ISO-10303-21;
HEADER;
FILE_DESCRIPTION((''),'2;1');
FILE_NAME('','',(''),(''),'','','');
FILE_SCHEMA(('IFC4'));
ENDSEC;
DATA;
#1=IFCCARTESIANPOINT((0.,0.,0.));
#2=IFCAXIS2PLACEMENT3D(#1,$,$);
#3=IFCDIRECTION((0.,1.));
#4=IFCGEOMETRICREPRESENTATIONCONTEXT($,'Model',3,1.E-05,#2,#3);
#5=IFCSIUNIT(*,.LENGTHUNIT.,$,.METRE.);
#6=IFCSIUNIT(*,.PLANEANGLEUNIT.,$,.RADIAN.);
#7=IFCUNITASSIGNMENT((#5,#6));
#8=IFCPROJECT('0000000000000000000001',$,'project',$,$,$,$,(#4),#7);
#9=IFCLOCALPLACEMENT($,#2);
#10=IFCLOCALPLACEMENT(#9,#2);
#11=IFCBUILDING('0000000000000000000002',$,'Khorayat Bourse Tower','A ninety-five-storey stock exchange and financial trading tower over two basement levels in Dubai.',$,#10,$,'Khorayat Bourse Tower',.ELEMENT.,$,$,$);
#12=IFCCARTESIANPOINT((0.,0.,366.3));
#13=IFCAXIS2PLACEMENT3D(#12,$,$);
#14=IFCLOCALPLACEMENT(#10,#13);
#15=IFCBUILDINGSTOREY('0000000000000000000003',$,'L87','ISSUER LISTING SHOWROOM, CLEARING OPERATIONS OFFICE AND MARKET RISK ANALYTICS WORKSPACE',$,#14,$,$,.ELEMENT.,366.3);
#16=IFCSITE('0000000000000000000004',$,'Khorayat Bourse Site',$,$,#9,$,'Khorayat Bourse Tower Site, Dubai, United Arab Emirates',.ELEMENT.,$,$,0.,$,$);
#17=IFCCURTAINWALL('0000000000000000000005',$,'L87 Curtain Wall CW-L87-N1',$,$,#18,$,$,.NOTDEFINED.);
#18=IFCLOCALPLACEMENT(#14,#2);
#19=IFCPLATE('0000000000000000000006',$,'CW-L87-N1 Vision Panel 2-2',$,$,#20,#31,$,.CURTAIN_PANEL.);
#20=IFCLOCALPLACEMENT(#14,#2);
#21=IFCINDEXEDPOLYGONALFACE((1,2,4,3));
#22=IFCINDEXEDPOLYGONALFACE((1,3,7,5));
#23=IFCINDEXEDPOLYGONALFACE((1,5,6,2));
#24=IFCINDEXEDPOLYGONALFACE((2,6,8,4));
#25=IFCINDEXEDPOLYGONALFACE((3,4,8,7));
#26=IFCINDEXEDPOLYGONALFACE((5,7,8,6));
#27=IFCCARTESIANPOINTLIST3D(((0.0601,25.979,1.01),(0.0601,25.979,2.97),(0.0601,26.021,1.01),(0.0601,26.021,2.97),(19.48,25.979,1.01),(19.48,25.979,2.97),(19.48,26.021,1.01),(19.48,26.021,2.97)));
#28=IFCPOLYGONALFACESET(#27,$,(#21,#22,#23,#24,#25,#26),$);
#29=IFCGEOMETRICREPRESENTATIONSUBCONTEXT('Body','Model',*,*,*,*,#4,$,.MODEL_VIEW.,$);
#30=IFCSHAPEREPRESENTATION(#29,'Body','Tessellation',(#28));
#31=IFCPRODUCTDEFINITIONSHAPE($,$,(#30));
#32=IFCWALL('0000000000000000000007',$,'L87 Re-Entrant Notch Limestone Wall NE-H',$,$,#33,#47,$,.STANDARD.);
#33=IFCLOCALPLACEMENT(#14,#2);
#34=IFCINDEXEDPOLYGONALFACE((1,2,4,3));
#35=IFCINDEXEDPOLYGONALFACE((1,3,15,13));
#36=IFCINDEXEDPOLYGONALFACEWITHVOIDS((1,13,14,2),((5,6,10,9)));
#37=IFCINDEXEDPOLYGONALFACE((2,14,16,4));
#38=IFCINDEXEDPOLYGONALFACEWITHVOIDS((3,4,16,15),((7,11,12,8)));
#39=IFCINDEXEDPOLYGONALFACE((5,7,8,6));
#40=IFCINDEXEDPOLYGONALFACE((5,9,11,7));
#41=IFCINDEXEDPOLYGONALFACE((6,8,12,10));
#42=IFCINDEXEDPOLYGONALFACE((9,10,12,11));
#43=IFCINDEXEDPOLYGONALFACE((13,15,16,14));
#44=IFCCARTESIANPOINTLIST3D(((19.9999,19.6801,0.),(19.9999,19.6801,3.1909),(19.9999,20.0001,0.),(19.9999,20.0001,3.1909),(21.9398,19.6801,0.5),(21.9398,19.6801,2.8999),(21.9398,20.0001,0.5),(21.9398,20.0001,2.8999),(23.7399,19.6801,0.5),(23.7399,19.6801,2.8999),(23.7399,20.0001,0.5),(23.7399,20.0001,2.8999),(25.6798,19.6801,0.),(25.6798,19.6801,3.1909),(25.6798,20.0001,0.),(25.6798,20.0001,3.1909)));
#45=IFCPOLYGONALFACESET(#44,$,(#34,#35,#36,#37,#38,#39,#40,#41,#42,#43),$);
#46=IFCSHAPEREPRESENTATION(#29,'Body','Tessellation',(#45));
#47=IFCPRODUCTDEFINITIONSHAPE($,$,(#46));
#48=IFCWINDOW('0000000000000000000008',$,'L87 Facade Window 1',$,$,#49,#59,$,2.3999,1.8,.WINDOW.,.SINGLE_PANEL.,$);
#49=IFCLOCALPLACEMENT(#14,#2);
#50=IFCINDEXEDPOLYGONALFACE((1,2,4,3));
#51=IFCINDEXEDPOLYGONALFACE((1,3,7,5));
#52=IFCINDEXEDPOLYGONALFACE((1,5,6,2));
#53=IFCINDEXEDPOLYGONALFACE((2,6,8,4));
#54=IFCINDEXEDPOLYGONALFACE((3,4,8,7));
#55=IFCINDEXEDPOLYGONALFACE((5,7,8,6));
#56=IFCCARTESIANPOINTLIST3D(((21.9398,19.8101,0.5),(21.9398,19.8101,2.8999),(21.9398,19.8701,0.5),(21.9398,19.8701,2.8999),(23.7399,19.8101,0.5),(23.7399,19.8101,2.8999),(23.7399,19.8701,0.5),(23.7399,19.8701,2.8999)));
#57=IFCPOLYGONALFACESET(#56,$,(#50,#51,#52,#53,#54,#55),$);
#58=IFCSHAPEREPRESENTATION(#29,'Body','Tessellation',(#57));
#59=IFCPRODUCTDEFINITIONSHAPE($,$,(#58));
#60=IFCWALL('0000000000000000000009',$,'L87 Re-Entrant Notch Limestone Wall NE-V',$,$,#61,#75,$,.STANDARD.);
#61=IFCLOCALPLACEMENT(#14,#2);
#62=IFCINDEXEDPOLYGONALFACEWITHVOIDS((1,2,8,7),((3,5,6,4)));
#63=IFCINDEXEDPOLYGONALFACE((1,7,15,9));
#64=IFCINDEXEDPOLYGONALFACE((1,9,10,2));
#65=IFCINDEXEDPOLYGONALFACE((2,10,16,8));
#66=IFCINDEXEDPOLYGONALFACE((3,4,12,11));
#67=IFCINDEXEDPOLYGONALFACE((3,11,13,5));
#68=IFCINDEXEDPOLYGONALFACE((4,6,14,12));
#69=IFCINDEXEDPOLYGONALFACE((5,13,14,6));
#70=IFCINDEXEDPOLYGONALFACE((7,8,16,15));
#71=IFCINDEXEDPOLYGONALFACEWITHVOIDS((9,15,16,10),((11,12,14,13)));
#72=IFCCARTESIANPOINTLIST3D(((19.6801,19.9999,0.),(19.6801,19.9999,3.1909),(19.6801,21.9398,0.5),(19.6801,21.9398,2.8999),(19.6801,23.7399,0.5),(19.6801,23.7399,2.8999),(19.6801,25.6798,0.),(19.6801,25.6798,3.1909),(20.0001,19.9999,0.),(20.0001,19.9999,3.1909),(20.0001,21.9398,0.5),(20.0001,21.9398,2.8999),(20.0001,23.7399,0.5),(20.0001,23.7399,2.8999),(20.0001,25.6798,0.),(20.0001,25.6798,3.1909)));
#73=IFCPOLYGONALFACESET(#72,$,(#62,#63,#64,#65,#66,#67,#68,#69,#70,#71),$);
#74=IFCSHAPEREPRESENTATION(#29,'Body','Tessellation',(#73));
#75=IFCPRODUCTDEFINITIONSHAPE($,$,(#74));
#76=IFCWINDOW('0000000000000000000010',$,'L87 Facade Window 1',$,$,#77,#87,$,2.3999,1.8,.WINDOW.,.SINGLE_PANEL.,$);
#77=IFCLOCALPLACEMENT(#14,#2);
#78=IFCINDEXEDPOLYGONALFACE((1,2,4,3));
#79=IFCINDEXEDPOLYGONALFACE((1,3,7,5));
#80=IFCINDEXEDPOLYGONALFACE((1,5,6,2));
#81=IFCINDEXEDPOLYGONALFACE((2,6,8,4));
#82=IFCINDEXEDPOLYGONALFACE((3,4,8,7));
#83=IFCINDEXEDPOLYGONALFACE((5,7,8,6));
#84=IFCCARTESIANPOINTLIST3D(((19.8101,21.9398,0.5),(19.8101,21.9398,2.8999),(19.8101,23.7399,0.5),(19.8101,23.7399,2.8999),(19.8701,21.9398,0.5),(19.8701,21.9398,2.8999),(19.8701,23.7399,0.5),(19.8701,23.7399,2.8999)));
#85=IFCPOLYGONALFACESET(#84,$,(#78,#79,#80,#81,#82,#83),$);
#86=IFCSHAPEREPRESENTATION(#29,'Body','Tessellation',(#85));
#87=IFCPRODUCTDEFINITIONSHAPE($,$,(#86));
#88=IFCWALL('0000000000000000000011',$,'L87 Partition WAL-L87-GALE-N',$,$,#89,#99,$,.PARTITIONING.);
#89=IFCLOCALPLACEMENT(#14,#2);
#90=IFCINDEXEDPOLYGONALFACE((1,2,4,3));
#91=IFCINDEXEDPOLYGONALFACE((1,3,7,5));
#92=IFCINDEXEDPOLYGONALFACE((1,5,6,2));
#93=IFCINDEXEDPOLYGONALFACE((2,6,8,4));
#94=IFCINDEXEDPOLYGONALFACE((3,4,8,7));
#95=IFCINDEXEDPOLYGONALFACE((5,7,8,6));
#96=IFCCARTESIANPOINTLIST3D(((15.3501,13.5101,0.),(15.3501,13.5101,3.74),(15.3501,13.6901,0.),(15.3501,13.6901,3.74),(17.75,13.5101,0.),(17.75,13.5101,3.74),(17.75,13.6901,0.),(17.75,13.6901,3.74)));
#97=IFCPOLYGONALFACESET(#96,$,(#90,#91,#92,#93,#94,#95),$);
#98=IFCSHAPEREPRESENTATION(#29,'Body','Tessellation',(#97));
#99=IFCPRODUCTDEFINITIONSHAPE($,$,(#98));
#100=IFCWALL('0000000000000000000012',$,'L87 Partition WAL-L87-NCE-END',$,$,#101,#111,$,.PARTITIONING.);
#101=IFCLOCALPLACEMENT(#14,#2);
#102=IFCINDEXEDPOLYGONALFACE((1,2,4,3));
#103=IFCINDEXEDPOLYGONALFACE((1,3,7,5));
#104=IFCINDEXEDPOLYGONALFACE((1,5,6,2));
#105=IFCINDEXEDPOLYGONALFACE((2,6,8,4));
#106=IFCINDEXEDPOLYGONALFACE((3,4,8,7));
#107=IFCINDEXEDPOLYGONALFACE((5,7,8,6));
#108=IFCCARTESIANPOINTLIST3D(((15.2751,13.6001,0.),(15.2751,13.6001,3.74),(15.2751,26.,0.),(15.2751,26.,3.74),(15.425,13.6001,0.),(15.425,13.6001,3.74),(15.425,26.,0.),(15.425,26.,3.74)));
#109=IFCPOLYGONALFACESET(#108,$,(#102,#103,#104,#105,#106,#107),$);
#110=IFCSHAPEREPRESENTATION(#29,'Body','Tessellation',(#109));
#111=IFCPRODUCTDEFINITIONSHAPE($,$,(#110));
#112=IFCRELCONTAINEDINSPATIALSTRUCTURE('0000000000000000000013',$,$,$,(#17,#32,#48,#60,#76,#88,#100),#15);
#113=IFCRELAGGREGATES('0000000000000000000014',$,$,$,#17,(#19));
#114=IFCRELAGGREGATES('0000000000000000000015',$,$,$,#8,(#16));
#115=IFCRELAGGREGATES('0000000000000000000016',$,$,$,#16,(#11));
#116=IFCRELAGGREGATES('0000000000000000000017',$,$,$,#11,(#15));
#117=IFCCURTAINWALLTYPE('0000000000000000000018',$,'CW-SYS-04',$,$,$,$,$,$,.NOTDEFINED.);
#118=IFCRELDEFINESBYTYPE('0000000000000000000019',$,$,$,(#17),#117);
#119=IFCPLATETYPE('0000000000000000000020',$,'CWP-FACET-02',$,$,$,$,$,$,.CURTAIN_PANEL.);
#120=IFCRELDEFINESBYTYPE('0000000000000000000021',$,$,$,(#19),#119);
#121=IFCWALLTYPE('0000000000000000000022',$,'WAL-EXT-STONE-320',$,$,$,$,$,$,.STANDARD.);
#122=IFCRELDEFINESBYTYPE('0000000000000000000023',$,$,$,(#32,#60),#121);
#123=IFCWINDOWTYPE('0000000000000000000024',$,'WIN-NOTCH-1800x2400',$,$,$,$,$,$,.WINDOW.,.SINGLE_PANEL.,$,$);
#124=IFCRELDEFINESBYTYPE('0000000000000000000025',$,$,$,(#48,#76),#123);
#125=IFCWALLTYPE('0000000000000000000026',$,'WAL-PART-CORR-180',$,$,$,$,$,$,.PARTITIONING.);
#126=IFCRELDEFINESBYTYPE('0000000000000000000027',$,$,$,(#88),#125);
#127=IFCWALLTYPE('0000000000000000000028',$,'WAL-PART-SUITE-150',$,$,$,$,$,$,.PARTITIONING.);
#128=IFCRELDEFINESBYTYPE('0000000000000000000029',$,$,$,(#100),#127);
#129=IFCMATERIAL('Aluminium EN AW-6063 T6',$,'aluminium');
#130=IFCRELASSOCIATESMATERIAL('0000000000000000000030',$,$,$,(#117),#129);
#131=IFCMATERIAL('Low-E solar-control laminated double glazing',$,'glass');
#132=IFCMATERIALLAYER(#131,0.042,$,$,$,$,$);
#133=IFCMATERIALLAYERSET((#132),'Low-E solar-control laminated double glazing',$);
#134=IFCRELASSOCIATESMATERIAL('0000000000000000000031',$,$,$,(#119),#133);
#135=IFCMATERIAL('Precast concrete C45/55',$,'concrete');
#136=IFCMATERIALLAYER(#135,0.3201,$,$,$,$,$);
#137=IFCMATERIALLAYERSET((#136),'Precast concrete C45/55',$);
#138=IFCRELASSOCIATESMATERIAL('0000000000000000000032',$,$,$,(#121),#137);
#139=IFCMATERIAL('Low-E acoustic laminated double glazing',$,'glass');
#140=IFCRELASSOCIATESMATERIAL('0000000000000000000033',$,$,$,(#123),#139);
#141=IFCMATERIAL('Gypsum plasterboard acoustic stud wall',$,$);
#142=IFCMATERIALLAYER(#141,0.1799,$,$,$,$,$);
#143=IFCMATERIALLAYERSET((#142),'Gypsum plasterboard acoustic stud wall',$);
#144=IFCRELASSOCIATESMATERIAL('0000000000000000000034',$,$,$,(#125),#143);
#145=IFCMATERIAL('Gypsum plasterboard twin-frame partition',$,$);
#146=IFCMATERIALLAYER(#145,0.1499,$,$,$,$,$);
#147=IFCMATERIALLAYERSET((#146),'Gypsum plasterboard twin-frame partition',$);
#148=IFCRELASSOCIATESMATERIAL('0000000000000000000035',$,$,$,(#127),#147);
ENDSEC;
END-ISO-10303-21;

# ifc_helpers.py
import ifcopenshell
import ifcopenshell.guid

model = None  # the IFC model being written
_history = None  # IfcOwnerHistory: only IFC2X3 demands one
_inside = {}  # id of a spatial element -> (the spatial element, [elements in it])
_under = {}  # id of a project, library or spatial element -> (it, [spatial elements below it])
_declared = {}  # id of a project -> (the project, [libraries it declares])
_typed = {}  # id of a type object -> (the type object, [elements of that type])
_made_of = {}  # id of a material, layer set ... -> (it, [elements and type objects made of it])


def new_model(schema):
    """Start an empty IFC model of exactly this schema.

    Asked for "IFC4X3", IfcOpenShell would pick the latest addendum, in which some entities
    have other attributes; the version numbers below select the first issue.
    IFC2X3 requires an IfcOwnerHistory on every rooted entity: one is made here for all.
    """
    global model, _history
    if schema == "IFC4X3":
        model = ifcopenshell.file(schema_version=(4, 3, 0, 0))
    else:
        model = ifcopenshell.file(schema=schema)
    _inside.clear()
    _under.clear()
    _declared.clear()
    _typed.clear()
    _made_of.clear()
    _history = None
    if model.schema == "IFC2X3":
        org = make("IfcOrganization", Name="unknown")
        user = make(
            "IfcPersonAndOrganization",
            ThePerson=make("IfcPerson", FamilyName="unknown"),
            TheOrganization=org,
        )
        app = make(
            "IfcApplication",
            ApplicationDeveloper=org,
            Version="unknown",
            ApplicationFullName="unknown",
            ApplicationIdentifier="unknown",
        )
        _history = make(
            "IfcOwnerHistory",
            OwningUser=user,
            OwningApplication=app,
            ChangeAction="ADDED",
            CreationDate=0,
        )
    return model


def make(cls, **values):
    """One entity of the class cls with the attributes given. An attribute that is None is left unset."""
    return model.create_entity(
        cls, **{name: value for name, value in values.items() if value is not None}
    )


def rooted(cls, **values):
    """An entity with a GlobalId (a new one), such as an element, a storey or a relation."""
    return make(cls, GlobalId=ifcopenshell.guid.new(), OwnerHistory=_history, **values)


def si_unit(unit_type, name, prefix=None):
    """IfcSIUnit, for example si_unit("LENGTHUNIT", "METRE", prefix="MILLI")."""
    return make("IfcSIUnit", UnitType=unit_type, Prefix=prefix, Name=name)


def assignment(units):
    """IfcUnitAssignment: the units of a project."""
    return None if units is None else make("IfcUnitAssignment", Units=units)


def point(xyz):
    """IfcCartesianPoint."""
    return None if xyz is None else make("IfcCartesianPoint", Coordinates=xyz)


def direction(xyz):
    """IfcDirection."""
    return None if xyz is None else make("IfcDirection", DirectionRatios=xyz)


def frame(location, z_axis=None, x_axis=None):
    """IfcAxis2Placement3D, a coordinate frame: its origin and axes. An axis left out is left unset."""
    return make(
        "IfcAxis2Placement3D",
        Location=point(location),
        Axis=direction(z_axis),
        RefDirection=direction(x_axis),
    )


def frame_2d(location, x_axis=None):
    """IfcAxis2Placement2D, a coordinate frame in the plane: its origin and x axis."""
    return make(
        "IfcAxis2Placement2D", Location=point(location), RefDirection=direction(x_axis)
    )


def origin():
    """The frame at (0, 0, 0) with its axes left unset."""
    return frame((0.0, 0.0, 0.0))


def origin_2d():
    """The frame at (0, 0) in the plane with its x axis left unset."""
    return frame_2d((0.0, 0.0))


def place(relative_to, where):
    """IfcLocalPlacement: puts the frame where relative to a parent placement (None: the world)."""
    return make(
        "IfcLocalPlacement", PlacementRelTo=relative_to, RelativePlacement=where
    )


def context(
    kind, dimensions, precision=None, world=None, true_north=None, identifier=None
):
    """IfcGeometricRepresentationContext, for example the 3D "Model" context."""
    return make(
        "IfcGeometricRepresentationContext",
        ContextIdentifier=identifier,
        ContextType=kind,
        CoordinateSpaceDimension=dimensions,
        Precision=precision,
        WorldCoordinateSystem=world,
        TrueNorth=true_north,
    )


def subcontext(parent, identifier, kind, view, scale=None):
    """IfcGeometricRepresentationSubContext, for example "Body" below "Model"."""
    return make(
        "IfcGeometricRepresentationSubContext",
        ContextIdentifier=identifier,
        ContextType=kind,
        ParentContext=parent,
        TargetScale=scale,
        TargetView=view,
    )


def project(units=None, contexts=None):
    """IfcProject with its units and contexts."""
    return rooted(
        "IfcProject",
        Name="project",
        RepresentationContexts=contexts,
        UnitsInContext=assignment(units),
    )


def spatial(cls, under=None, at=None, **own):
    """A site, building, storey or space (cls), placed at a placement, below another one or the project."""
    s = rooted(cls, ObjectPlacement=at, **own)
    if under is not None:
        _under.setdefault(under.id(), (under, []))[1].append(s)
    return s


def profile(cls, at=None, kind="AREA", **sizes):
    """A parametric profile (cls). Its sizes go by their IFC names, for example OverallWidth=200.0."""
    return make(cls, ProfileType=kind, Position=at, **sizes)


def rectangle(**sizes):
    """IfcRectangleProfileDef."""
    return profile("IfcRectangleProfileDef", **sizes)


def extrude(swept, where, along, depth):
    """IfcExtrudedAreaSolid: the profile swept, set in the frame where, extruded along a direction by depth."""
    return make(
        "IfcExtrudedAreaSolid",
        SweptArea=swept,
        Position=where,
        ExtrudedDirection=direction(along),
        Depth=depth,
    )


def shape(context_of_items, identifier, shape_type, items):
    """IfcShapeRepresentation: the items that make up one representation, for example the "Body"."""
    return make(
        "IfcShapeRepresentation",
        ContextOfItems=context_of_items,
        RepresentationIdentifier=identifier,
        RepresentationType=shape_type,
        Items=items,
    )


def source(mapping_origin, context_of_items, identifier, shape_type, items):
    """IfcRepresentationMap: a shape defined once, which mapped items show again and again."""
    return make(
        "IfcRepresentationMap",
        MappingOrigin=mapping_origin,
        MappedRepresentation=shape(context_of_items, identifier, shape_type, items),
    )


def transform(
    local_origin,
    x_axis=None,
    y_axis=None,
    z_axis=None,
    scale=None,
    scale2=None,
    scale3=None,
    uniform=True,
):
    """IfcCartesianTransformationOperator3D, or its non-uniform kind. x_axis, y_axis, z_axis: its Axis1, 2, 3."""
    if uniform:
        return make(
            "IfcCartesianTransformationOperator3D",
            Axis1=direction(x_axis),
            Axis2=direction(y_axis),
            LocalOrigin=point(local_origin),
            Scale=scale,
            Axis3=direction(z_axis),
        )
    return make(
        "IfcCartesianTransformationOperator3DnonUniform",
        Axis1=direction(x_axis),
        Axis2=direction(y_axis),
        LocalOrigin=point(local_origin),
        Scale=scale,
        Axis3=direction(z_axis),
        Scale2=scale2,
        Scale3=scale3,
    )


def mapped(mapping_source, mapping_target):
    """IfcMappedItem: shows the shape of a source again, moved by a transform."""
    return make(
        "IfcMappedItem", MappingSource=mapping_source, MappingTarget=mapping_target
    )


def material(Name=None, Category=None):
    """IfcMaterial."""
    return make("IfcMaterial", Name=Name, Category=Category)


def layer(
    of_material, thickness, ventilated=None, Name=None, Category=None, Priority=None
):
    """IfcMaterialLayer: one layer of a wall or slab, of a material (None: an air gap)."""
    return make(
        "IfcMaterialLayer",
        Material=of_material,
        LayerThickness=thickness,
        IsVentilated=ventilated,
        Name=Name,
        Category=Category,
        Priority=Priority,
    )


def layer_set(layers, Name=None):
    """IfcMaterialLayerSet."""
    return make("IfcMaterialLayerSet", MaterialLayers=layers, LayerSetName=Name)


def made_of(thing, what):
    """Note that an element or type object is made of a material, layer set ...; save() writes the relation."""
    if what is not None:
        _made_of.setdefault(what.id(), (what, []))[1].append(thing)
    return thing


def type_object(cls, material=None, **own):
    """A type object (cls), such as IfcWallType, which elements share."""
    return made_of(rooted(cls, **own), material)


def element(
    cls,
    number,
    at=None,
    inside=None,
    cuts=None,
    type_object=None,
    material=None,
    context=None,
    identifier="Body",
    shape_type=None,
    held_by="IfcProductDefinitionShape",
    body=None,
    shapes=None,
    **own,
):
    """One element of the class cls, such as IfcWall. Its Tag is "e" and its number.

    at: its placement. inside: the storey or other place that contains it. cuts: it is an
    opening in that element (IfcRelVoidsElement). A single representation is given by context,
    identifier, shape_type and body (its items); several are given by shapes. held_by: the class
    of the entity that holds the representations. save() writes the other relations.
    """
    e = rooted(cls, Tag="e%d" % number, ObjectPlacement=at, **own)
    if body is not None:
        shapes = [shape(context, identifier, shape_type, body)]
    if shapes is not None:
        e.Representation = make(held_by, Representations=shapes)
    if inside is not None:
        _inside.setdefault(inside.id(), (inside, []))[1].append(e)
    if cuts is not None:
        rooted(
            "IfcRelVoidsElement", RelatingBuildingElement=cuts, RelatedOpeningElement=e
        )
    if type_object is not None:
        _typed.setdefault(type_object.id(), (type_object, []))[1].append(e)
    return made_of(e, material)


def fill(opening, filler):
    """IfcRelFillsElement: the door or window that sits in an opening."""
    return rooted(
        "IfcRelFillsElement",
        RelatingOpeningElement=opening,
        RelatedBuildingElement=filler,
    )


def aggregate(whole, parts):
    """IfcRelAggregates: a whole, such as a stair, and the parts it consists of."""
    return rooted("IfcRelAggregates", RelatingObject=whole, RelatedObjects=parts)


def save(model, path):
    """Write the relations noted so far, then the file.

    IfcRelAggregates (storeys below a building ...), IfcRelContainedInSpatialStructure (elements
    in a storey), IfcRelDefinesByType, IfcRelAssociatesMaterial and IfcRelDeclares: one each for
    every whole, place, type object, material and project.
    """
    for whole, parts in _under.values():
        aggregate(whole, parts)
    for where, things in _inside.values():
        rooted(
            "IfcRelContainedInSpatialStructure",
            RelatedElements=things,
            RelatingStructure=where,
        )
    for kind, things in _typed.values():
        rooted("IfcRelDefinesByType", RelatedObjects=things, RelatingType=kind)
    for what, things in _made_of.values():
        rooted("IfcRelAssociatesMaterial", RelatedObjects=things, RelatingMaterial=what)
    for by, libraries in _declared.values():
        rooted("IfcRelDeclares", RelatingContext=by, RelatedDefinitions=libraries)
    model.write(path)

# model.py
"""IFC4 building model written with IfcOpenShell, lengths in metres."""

from ifc_helpers import new_model, si_unit, direction, frame, frame_2d, origin, origin_2d, place, context, subcontext, project, spatial, rectangle, extrude, source, transform, mapped, material, layer, layer_set, type_object, element, fill, aggregate, save


model = new_model("IFC4")

# Units and contexts
model_context = context("Model", 3, precision=1e-05, world=origin(), true_north=direction((0.0, 1.0)))
body_context = subcontext(model_context, "Body", "Model", "MODEL_VIEW")
ifc_project = project(units=[si_unit("LENGTHUNIT", "METRE"), si_unit("PLANEANGLEUNIT", "RADIAN")], contexts=[model_context])

# Site, building, storey
site_placement = place(None, origin())
site = spatial("IfcSite", under=ifc_project, at=site_placement, Name="Khorayat Bourse Site", LongName="Khorayat Bourse Tower Site, Dubai, United Arab Emirates", CompositionType="ELEMENT", RefElevation=0.0)
building_placement = place(site_placement, origin())
building = spatial("IfcBuilding", under=site, at=building_placement, Name="Khorayat Bourse Tower", Description="A ninety-five-storey stock exchange and financial trading tower over two basement levels in Dubai.", LongName="Khorayat Bourse Tower", CompositionType="ELEMENT")
storey_placement = place(building_placement, frame((0.0, 0.0, 366.3)))
storey = spatial("IfcBuildingStorey", under=building, at=storey_placement, Name="L87", Description="ISSUER LISTING SHOWROOM, CLEARING OPERATIONS OFFICE AND MARKET RISK ANALYTICS WORKSPACE", CompositionType="ELEMENT", Elevation=366.3)

# Curtain wall
ifc_material_1 = material(Name="Aluminium EN AW-6063 T6", Category="aluminium")
curtain_wall_type = type_object("IfcCurtainWallType", Name="CW-SYS-04", PredefinedType="NOTDEFINED", material=ifc_material_1)
curtain_wall_1_placement = place(storey_placement, origin())
curtain_wall_1 = element("IfcCurtainWall", 1, at=curtain_wall_1_placement, inside=storey, type_object=curtain_wall_type, Name="L87 Curtain Wall CW-L87-N1", PredefinedType="NOTDEFINED")

# Plate
ifc_material_2 = material(Name="Low-E solar-control laminated double glazing", Category="glass")
ifc_layer_1 = layer(ifc_material_2, 0.042)
ifc_layer_set_1 = layer_set([ifc_layer_1], Name="Low-E solar-control laminated double glazing")
plate_type_1 = type_object("IfcPlateType", Name="CWP-FACET-02", PredefinedType="CURTAIN_PANEL", material=ifc_layer_set_1)
shared_shape_1 = source(origin(), body_context, "Body", "SweptSolid", [
    extrude(rectangle(XDim=19.4199, YDim=0.042, at=origin_2d()), origin(), (0.0, 0.0, 1.0), 1.96),
])
plate_placement = place(storey_placement, frame((9.77, 26.0, 1.01), z_axis=(0.0, 0.0, 1.0), x_axis=(1.0, 0.0, 0.0)))
plate = element("IfcPlate", 2, at=plate_placement, type_object=plate_type_1, Name="CW-L87-N1 Vision Panel 2-2", PredefinedType="CURTAIN_PANEL", context=body_context, shape_type="MappedRepresentation", body=[
    mapped(shared_shape_1, transform((0.0, 0.0, 0.0), scale=1.0)),
])
aggregate(curtain_wall_1, [plate])

# Walls, openings, windows
ifc_material_3 = material(Name="Precast concrete C45/55", Category="concrete")
ifc_layer_2 = layer(ifc_material_3, 0.3201)
ifc_layer_set_2 = layer_set([ifc_layer_2], Name="Precast concrete C45/55")
wall_type_1 = type_object("IfcWallType", Name="WAL-EXT-STONE-320", PredefinedType="STANDARD", material=ifc_layer_set_2)
shared_shape_2 = source(origin(), body_context, "Body", "SweptSolid", [
    extrude(rectangle(XDim=5.6799, YDim=0.3201, at=frame_2d((2.8398, 0.0))), origin(), (0.0, 0.0, 1.0), 3.1909),
])
wall_1_placement = place(storey_placement, frame((20.0, 19.8401, 0.0), z_axis=(0.0, 0.0, 1.0), x_axis=(1.0, 0.0, 0.0)))
wall_1 = element("IfcWall", 3, at=wall_1_placement, inside=storey, type_object=wall_type_1, Name="L87 Re-Entrant Notch Limestone Wall NE-H", PredefinedType="STANDARD", context=body_context, shape_type="MappedRepresentation", body=[
    mapped(shared_shape_2, transform((0.0, 0.0, 0.0), scale=1.0)),
])
shared_shape_3 = source(origin(), body_context, "Body", "SweptSolid", [
    extrude(rectangle(XDim=1.8, YDim=2.3999, at=frame_2d((0.8999, 1.2))), frame((0.0, 0.1699, 0.0), z_axis=(0.0, -1.0, 0.0), x_axis=(1.0, 0.0, 0.0)), (0.0, 0.0, 1.0), 0.3401),
])
opening_1_placement = place(wall_1_placement, frame((1.9399, 0.0, 0.5)))
opening_1 = element("IfcOpeningElement", 4, at=opening_1_placement, cuts=wall_1, PredefinedType="OPENING", context=body_context, shape_type="MappedRepresentation", body=[
    mapped(shared_shape_3, transform((0.0, 0.0, 0.0), scale=1.0)),
])
ifc_material_4 = material(Name="Low-E acoustic laminated double glazing", Category="glass")
window_type = type_object("IfcWindowType", Name="WIN-NOTCH-1800x2400", PartitioningType="SINGLE_PANEL", PredefinedType="WINDOW", material=ifc_material_4)
shared_shape_4 = source(origin(), body_context, "Body", "SweptSolid", [
    extrude(rectangle(XDim=1.8, YDim=2.3999, at=frame_2d((0.8999, 1.2))), frame((0.0, 0.03, 0.0), z_axis=(0.0, -1.0, 0.0), x_axis=(1.0, 0.0, 0.0)), (0.0, 0.0, 1.0), 0.0601),
])
window_1_placement = place(opening_1_placement, origin())
window_1 = element("IfcWindow", 5, at=window_1_placement, inside=storey, type_object=window_type, Name="L87 Facade Window 1", OverallHeight=2.3999, OverallWidth=1.8, PartitioningType="SINGLE_PANEL", PredefinedType="WINDOW", context=body_context, shape_type="MappedRepresentation", body=[
    mapped(shared_shape_4, transform((0.0, 0.0, 0.0), scale=1.0)),
])
fill(opening_1, window_1)
wall_2_placement = place(storey_placement, frame((19.8401, 20.0, 0.0), z_axis=(0.0, 0.0, 1.0), x_axis=(0.0, 1.0, 0.0)))
wall_2 = element("IfcWall", 6, at=wall_2_placement, inside=storey, type_object=wall_type_1, Name="L87 Re-Entrant Notch Limestone Wall NE-V", PredefinedType="STANDARD", context=body_context, shape_type="MappedRepresentation", body=[
    mapped(shared_shape_2, transform((0.0, 0.0, 0.0), scale=1.0)),
])
opening_2_placement = place(wall_2_placement, frame((1.9399, 0.0, 0.5)))
opening_2 = element("IfcOpeningElement", 7, at=opening_2_placement, cuts=wall_2, PredefinedType="OPENING", context=body_context, shape_type="MappedRepresentation", body=[
    mapped(shared_shape_3, transform((0.0, 0.0, 0.0), scale=1.0)),
])
window_2_placement = place(opening_2_placement, origin())
window_2 = element("IfcWindow", 8, at=window_2_placement, inside=storey, type_object=window_type, Name="L87 Facade Window 1", OverallHeight=2.3999, OverallWidth=1.8, PartitioningType="SINGLE_PANEL", PredefinedType="WINDOW", context=body_context, shape_type="MappedRepresentation", body=[
    mapped(shared_shape_4, transform((0.0, 0.0, 0.0), scale=1.0)),
])
fill(opening_2, window_2)

# Walls
ifc_material_5 = material(Name="Gypsum plasterboard acoustic stud wall")
ifc_layer_3 = layer(ifc_material_5, 0.1799)
ifc_layer_set_3 = layer_set([ifc_layer_3], Name="Gypsum plasterboard acoustic stud wall")
wall_type_2 = type_object("IfcWallType", Name="WAL-PART-CORR-180", PredefinedType="PARTITIONING", material=ifc_layer_set_3)
shared_shape_5 = source(origin(), body_context, "Body", "SweptSolid", [
    extrude(rectangle(XDim=2.3999, YDim=0.1799, at=frame_2d((1.2, 0.0))), origin(), (0.0, 0.0, 1.0), 3.74),
])
wall_3_placement = place(storey_placement, frame((15.3501, 13.6001, 0.0), z_axis=(0.0, 0.0, 1.0), x_axis=(1.0, 0.0, 0.0)))
element("IfcWall", 9, at=wall_3_placement, inside=storey, type_object=wall_type_2, Name="L87 Partition WAL-L87-GALE-N", PredefinedType="PARTITIONING", context=body_context, shape_type="MappedRepresentation", body=[
    mapped(shared_shape_5, transform((0.0, 0.0, 0.0), scale=1.0)),
])
ifc_material_6 = material(Name="Gypsum plasterboard twin-frame partition")
ifc_layer_4 = layer(ifc_material_6, 0.1499)
ifc_layer_set_4 = layer_set([ifc_layer_4], Name="Gypsum plasterboard twin-frame partition")
wall_type_3 = type_object("IfcWallType", Name="WAL-PART-SUITE-150", PredefinedType="PARTITIONING", material=ifc_layer_set_4)
shared_shape_6 = source(origin(), body_context, "Body", "SweptSolid", [
    extrude(rectangle(XDim=12.3999, YDim=0.1499, at=frame_2d((6.2, 0.0))), origin(), (0.0, 0.0, 1.0), 3.74),
])
wall_4_placement = place(storey_placement, frame((15.3501, 13.6001, 0.0), z_axis=(0.0, 0.0, 1.0), x_axis=(0.0, 1.0, 0.0)))
element("IfcWall", 10, at=wall_4_placement, inside=storey, type_object=wall_type_3, Name="L87 Partition WAL-L87-NCE-END", PredefinedType="PARTITIONING", context=body_context, shape_type="MappedRepresentation", body=[
    mapped(shared_shape_6, transform((0.0, 0.0, 0.0), scale=1.0)),
])

save(model, "model.ifc")
